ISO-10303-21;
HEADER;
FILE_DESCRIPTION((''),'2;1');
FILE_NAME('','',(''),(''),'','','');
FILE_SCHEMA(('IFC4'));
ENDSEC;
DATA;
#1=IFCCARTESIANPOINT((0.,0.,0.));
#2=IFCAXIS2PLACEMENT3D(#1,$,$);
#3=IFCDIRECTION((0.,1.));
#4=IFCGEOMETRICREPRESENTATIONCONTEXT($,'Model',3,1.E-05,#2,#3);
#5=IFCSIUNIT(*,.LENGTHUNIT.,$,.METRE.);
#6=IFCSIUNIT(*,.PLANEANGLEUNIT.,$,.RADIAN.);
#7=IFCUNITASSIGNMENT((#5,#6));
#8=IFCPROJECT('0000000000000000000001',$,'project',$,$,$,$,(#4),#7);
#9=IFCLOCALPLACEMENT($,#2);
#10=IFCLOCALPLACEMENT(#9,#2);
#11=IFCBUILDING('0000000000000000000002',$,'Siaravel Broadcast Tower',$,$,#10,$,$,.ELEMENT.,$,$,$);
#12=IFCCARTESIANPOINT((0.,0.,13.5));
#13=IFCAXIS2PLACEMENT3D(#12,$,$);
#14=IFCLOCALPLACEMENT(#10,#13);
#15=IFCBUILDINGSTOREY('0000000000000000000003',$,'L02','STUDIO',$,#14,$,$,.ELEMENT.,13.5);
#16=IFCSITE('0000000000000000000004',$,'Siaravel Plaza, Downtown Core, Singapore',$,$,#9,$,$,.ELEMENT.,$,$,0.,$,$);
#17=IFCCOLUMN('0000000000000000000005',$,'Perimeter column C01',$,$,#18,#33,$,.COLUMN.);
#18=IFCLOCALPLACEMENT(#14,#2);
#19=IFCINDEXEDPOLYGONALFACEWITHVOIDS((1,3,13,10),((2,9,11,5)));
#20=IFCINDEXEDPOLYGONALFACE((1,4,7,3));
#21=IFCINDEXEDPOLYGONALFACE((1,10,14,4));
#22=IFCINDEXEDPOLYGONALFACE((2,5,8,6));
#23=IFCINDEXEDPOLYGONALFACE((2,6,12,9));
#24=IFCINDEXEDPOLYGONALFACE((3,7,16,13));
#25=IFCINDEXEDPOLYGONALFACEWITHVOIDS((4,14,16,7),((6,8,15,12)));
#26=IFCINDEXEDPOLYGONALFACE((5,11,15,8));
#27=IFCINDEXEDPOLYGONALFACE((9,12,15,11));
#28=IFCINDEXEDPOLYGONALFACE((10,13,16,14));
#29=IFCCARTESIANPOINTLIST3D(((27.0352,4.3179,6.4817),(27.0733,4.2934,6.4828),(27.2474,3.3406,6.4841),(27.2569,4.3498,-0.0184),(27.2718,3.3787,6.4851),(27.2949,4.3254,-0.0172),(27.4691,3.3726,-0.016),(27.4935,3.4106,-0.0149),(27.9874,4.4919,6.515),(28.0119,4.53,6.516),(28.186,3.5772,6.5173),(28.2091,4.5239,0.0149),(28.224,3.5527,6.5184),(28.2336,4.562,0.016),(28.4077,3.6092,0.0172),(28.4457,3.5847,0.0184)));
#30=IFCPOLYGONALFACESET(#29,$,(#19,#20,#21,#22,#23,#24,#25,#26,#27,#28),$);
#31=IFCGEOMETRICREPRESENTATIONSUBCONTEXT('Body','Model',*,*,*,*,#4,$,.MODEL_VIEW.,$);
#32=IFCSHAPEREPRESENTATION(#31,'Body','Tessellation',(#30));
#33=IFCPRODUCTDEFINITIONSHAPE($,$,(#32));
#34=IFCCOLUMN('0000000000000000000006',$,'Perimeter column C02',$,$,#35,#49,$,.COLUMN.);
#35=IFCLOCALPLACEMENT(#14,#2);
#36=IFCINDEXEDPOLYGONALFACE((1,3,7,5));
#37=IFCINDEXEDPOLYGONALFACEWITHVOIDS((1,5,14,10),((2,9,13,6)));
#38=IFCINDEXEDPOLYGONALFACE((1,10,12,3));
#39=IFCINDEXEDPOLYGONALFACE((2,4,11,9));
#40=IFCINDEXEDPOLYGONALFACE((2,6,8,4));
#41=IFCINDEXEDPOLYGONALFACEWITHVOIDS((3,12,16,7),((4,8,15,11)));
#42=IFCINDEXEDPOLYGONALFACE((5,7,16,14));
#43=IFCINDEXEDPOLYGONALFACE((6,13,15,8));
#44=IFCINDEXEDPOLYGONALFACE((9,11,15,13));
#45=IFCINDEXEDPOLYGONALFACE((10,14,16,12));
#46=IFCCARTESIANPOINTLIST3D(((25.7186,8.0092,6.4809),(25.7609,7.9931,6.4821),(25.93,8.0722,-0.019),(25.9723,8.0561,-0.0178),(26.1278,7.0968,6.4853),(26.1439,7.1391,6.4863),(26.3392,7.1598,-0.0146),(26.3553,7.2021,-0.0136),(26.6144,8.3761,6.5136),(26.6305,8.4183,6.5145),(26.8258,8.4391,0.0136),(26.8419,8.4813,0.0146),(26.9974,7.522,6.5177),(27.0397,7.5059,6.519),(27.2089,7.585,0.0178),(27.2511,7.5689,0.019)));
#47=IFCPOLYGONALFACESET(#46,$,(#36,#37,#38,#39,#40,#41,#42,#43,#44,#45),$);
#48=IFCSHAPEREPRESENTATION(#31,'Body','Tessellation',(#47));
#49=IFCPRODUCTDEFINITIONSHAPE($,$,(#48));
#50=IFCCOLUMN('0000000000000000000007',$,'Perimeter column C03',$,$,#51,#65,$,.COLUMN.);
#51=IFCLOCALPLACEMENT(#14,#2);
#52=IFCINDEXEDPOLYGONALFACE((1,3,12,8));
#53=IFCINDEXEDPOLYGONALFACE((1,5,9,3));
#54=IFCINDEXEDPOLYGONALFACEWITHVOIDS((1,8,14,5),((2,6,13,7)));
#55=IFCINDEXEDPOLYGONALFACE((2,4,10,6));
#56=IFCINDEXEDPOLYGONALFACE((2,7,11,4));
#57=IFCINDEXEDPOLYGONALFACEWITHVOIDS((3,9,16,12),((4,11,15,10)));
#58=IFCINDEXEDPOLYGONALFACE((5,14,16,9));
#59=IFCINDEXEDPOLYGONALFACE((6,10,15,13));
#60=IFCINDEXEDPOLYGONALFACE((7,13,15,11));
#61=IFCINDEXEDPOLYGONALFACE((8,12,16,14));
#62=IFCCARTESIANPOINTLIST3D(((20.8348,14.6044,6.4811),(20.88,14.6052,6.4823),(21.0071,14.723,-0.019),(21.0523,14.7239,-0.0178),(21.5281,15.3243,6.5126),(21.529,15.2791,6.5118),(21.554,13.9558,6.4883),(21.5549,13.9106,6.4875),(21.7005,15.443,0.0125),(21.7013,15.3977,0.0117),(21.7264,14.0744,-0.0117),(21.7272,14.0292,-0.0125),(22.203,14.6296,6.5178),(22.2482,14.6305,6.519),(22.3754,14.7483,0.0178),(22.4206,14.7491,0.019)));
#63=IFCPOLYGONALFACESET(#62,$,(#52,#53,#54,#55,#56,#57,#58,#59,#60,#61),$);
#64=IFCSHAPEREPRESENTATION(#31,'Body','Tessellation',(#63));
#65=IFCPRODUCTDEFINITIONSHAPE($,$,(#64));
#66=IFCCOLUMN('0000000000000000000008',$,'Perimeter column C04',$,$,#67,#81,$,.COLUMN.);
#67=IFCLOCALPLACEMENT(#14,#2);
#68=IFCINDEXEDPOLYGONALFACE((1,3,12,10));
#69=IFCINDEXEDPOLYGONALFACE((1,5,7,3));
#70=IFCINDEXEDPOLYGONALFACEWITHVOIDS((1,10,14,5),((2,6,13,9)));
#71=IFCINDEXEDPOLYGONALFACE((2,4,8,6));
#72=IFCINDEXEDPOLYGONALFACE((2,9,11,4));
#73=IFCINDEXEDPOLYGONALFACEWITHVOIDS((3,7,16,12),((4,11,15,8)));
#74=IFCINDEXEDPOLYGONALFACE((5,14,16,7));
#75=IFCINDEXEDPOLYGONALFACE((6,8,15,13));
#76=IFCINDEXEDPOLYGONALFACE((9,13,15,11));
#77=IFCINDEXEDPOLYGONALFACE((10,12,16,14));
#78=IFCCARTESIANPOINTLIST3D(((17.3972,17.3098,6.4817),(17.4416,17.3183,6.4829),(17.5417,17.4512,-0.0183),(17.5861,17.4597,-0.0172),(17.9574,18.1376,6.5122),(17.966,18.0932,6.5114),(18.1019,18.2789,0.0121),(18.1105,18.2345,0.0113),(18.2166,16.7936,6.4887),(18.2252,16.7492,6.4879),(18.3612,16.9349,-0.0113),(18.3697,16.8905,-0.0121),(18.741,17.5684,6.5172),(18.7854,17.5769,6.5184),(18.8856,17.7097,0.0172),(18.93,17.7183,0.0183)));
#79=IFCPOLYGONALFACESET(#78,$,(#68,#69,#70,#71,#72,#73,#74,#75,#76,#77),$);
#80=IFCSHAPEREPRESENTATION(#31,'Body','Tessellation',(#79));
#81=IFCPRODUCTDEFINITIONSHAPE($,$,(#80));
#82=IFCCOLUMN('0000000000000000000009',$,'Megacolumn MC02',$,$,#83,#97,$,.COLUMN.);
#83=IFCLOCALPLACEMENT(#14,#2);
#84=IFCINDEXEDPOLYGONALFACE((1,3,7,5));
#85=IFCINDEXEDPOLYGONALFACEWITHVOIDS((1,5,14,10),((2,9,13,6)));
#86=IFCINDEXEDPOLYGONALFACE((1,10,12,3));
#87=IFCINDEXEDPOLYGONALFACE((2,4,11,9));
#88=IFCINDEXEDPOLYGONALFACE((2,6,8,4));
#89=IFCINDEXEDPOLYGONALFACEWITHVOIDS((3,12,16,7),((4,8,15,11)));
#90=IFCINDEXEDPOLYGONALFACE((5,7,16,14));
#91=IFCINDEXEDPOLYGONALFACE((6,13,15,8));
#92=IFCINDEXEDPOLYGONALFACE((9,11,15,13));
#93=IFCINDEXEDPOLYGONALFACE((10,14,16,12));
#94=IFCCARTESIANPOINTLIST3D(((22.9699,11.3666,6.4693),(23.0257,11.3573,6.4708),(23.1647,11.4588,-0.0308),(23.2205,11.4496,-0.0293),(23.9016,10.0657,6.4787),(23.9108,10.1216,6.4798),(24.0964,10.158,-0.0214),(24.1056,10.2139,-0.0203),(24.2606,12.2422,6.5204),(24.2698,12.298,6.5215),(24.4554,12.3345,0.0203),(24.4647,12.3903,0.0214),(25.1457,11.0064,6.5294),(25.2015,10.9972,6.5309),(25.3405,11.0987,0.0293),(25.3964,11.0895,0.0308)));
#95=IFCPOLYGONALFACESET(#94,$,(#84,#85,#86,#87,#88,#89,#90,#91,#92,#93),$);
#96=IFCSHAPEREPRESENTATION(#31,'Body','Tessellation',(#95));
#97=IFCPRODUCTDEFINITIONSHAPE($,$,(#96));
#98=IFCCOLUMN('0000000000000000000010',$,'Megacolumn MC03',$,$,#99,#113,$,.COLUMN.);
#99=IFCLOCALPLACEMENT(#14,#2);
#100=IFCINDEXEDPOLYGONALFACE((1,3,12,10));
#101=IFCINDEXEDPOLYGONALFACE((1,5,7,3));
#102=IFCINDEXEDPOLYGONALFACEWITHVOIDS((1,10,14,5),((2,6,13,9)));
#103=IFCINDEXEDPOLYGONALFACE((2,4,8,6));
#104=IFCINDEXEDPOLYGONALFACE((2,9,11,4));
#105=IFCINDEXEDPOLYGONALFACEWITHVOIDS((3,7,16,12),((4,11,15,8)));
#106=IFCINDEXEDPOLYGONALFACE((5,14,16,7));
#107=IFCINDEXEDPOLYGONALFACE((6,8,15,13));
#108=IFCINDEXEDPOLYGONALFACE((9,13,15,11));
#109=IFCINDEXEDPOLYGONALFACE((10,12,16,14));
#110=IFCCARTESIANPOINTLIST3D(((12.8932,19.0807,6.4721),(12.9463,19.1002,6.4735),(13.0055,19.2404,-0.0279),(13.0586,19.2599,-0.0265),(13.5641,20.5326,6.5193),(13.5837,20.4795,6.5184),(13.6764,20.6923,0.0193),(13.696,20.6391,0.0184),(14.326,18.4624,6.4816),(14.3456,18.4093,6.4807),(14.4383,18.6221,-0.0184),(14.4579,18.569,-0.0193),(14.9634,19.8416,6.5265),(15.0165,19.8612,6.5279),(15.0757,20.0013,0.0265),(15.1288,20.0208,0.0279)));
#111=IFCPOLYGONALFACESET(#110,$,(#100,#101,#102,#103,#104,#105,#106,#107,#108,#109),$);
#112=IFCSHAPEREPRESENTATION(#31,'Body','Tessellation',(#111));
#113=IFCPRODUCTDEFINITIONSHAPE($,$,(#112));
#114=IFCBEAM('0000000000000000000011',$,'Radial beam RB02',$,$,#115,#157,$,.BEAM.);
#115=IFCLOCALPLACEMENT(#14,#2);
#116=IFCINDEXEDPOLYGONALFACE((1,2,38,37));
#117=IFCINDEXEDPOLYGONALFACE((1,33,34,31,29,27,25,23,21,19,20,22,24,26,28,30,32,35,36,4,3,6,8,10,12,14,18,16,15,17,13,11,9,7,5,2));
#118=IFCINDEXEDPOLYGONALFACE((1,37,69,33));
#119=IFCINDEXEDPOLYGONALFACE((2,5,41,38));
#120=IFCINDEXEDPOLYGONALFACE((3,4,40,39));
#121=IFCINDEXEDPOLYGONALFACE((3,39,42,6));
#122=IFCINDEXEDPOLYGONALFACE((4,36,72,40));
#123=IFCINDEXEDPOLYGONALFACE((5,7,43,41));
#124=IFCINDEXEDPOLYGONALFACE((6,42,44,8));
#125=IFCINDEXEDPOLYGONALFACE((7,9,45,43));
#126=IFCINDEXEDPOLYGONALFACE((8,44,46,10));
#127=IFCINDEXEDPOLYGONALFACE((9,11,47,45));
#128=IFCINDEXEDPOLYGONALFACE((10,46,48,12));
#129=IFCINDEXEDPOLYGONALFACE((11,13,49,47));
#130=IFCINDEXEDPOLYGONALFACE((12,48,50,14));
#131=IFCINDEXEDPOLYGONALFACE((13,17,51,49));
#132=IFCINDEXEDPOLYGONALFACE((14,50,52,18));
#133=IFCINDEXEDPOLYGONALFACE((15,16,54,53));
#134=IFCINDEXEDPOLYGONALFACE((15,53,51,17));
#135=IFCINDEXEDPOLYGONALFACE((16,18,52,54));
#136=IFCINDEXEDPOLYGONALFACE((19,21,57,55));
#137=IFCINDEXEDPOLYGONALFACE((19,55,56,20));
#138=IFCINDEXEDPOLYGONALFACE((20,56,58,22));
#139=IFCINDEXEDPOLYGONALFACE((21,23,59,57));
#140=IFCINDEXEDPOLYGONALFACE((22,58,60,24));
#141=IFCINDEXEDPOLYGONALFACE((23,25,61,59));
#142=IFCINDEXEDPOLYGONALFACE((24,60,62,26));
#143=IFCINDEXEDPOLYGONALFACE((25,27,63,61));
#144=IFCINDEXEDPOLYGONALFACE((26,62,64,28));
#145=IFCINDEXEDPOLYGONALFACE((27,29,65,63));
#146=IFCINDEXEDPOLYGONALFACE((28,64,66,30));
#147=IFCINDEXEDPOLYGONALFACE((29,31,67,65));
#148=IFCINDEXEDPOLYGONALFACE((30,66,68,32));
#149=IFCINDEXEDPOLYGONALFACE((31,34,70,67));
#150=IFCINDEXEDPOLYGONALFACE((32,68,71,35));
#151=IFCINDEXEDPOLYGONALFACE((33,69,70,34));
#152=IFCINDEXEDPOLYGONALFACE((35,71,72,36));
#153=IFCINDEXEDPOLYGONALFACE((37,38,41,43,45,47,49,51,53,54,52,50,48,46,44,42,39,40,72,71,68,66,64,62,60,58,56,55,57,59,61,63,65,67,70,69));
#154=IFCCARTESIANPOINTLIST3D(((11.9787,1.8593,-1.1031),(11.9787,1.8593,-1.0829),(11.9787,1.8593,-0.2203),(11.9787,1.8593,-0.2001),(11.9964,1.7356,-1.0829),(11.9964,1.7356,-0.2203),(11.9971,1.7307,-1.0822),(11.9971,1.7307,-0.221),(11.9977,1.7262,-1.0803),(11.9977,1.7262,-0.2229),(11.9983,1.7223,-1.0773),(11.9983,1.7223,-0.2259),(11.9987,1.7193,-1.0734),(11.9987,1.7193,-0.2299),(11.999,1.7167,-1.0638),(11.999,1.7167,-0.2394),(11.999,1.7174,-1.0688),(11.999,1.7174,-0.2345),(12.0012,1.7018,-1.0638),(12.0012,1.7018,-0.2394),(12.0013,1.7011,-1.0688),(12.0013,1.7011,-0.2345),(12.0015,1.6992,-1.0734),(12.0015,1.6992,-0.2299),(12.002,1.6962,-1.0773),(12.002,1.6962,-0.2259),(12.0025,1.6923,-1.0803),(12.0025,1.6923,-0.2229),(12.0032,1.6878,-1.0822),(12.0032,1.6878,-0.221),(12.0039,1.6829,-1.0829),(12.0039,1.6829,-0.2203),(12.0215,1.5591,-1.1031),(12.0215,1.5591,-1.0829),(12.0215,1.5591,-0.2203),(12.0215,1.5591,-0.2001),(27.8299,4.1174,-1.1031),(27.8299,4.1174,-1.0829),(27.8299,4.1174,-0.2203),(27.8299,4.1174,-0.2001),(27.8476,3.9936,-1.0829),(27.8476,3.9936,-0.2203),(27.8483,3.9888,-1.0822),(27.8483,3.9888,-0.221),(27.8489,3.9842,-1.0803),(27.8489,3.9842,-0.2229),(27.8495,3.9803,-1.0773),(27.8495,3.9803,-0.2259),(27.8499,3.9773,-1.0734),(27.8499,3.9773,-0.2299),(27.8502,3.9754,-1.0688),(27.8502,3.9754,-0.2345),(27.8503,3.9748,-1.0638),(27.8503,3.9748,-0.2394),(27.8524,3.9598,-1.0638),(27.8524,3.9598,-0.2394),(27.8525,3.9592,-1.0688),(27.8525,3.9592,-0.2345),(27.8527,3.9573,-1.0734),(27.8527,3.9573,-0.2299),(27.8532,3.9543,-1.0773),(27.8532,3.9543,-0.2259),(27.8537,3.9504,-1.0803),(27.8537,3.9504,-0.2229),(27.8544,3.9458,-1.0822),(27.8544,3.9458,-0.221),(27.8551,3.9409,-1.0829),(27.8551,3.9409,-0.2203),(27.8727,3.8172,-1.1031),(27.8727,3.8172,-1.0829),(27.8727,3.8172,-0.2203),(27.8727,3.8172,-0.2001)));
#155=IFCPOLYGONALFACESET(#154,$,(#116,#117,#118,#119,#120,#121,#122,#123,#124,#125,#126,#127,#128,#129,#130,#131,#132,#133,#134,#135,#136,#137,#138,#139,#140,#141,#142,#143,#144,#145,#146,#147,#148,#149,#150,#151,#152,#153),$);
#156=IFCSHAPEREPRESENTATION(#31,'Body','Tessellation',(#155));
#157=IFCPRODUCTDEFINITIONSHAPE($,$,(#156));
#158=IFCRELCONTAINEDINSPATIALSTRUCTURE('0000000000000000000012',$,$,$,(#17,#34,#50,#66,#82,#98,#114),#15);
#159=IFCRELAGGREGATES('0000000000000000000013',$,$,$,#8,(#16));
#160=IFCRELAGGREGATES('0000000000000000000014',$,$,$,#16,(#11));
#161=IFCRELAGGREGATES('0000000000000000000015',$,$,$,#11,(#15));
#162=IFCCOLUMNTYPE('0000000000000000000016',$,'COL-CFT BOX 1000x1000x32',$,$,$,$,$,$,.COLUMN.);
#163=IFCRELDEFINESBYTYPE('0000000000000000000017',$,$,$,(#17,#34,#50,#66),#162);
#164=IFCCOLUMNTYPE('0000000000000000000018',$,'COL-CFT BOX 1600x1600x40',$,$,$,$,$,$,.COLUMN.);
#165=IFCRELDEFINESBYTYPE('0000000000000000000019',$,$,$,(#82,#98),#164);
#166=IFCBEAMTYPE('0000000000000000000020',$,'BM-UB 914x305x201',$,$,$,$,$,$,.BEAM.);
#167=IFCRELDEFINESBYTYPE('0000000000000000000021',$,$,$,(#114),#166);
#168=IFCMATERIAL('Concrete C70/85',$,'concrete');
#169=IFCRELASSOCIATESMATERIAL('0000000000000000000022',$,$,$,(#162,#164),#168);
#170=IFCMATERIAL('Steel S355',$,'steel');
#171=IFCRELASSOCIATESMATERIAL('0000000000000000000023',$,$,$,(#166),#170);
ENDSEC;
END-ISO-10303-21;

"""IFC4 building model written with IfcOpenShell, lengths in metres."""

from ifc_helpers import new_model, si_unit, direction, frame, origin, origin_2d, place, context, subcontext, project, spatial, hollow_rectangle, i_section, extrude, material, material_profile, profile_set, type_object, element, save


model = new_model("IFC4")

# Units and contexts
model_context = context("Model", 3, precision=1e-05, world=origin(), true_north=direction((0.0, 1.0)))
body_context = subcontext(model_context, "Body", "Model", "MODEL_VIEW")
ifc_project = project(units=[si_unit("LENGTHUNIT", "METRE"), si_unit("PLANEANGLEUNIT", "RADIAN")], contexts=[model_context])

# Site, building, storey
site_placement = place(None, origin())
site = spatial("IfcSite", under=ifc_project, at=site_placement, Name="Siaravel Plaza, Downtown Core, Singapore", CompositionType="ELEMENT", RefElevation=0.0)
building_placement = place(site_placement, origin())
building = spatial("IfcBuilding", under=site, at=building_placement, Name="Siaravel Broadcast Tower", CompositionType="ELEMENT")
storey_placement = place(building_placement, frame((0.0, 0.0, 13.5)))
storey = spatial("IfcBuildingStorey", under=building, at=storey_placement, Name="L02", Description="STUDIO", CompositionType="ELEMENT", Elevation=13.5)

# Columns
ifc_material_1 = material(Name="Concrete C70/85", Category="concrete")
ifc_material_profile_1 = material_profile(ifc_material_1, hollow_rectangle(XDim=1.0, YDim=1.0, WallThickness=0.032, at=origin_2d()))
ifc_profile_set_1 = profile_set([ifc_material_profile_1], Name="Concrete C70/85")
column_type_1 = type_object("IfcColumnType", Name="COL-CFT BOX 1000x1000x32", PredefinedType="COLUMN", material=ifc_profile_set_1)
column_1_placement = place(storey_placement, frame((27.8513, 3.9673, 0.0), z_axis=(-0.034084, -0.004917, 0.999407), x_axis=(0.212163, -0.977231, 0.002427)))
element("IfcColumn", 1, at=column_1_placement, inside=storey, type_object=column_type_1, Name="Perimeter column C01", PredefinedType="COLUMN", context=body_context, shape_type="SweptSolid", body=[
    extrude(hollow_rectangle(XDim=1.0, YDim=1.0, WallThickness=0.032, at=origin_2d()), origin(), (0.0, 0.0, 1.0), 6.5039),
])
column_2_placement = place(storey_placement, frame((26.5906, 7.8206, 0.0), z_axis=(-0.032508, -0.009685, 0.999425), x_axis=(0.409196, -0.912435, 0.004468)))
element("IfcColumn", 2, at=column_2_placement, inside=storey, type_object=column_type_1, Name="Perimeter column C02", PredefinedType="COLUMN", context=body_context, shape_type="SweptSolid", body=[
    extrude(hollow_rectangle(XDim=1.0, YDim=1.0, WallThickness=0.032, at=origin_2d()), origin(), (0.0, 0.0, 1.0), 6.5037),
])
column_3_placement = place(storey_placement, frame((21.7139, 14.7361, 0.0), z_axis=(-0.026504, -0.018245, 0.999482), x_axis=(0.720114, -0.693826, 0.00643)))
element("IfcColumn", 3, at=column_3_placement, inside=storey, type_object=column_type_1, Name="Perimeter column C03", PredefinedType="COLUMN", context=body_context, shape_type="SweptSolid", body=[
    extrude(hollow_rectangle(XDim=1.0, YDim=1.0, WallThickness=0.032, at=origin_2d()), origin(), (0.0, 0.0, 1.0), 6.5034),
])
column_4_placement = place(storey_placement, frame((18.2358, 17.5847, 0.0), z_axis=(-0.022225, -0.021737, 0.999517), x_axis=(0.82803, -0.56065, 0.006219)))
element("IfcColumn", 4, at=column_4_placement, inside=storey, type_object=column_type_1, Name="Perimeter column C04", PredefinedType="COLUMN", context=body_context, shape_type="SweptSolid", body=[
    extrude(hollow_rectangle(XDim=1.0, YDim=1.0, WallThickness=0.032, at=origin_2d()), origin(), (0.0, 0.0, 1.0), 6.5032),
])
ifc_material_profile_2 = material_profile(ifc_material_1, hollow_rectangle(XDim=1.6001, YDim=1.6001, WallThickness=0.04, at=origin_2d()))
ifc_profile_set_2 = profile_set([ifc_material_profile_2], Name="Concrete C70/85")
column_type_2 = type_object("IfcColumnType", Name="COL-CFT BOX 1600x1600x40", PredefinedType="COLUMN", material=ifc_profile_set_2)
column_5_placement = place(storey_placement, frame((24.2805, 11.2742, 0.0), z_axis=(-0.029956, -0.01419, 0.99945), x_axis=(0.582278, -0.812968, 0.00591)))
element("IfcColumn", 5, at=column_5_placement, inside=storey, type_object=column_type_2, Name="Megacolumn MC02", PredefinedType="COLUMN", context=body_context, shape_type="SweptSolid", body=[
    extrude(hollow_rectangle(XDim=1.6001, YDim=1.6001, WallThickness=0.04, at=origin_2d()), origin(), (0.0, 0.0, 1.0), 6.5037),
])
column_6_placement = place(storey_placement, frame((14.0671, 19.6306, 0.0), z_axis=(-0.01727, -0.024553, 0.999549), x_axis=(0.907686, -0.419616, 0.005375)))
element("IfcColumn", 6, at=column_6_placement, inside=storey, type_object=column_type_2, Name="Megacolumn MC03", PredefinedType="COLUMN", context=body_context, shape_type="SweptSolid", body=[
    extrude(hollow_rectangle(XDim=1.6001, YDim=1.6001, WallThickness=0.04, at=origin_2d()), origin(), (0.0, 0.0, 1.0), 6.5029),
])

# Beam
ifc_material_2 = material(Name="Steel S355", Category="steel")
ifc_material_profile_3 = material_profile(ifc_material_2, i_section(OverallWidth=0.3032, OverallDepth=0.9031, WebThickness=0.0151, FlangeThickness=0.0203, FilletRadius=0.019, at=origin_2d()))
ifc_profile_set_3 = profile_set([ifc_material_profile_3], Name="Steel S355")
beam_type = type_object("IfcBeamType", Name="BM-UB 914x305x201", PredefinedType="BEAM", material=ifc_profile_set_3)
beam_1_placement = place(storey_placement, frame((27.8513, 3.9673, -0.6516), z_axis=(-0.990006, -0.141029, 0.0), x_axis=(0.141029, -0.990006, 0.0)))
element("IfcBeam", 7, at=beam_1_placement, inside=storey, type_object=beam_type, Name="Radial beam RB02", PredefinedType="BEAM", context=body_context, shape_type="SweptSolid", body=[
    extrude(i_section(OverallWidth=0.3032, OverallDepth=0.9031, WebThickness=0.0151, FlangeThickness=0.0203, FilletRadius=0.019, at=origin_2d()), origin(), (0.0, 0.0, 1.0), 16.0112),
])

save(model, "model.ifc")
